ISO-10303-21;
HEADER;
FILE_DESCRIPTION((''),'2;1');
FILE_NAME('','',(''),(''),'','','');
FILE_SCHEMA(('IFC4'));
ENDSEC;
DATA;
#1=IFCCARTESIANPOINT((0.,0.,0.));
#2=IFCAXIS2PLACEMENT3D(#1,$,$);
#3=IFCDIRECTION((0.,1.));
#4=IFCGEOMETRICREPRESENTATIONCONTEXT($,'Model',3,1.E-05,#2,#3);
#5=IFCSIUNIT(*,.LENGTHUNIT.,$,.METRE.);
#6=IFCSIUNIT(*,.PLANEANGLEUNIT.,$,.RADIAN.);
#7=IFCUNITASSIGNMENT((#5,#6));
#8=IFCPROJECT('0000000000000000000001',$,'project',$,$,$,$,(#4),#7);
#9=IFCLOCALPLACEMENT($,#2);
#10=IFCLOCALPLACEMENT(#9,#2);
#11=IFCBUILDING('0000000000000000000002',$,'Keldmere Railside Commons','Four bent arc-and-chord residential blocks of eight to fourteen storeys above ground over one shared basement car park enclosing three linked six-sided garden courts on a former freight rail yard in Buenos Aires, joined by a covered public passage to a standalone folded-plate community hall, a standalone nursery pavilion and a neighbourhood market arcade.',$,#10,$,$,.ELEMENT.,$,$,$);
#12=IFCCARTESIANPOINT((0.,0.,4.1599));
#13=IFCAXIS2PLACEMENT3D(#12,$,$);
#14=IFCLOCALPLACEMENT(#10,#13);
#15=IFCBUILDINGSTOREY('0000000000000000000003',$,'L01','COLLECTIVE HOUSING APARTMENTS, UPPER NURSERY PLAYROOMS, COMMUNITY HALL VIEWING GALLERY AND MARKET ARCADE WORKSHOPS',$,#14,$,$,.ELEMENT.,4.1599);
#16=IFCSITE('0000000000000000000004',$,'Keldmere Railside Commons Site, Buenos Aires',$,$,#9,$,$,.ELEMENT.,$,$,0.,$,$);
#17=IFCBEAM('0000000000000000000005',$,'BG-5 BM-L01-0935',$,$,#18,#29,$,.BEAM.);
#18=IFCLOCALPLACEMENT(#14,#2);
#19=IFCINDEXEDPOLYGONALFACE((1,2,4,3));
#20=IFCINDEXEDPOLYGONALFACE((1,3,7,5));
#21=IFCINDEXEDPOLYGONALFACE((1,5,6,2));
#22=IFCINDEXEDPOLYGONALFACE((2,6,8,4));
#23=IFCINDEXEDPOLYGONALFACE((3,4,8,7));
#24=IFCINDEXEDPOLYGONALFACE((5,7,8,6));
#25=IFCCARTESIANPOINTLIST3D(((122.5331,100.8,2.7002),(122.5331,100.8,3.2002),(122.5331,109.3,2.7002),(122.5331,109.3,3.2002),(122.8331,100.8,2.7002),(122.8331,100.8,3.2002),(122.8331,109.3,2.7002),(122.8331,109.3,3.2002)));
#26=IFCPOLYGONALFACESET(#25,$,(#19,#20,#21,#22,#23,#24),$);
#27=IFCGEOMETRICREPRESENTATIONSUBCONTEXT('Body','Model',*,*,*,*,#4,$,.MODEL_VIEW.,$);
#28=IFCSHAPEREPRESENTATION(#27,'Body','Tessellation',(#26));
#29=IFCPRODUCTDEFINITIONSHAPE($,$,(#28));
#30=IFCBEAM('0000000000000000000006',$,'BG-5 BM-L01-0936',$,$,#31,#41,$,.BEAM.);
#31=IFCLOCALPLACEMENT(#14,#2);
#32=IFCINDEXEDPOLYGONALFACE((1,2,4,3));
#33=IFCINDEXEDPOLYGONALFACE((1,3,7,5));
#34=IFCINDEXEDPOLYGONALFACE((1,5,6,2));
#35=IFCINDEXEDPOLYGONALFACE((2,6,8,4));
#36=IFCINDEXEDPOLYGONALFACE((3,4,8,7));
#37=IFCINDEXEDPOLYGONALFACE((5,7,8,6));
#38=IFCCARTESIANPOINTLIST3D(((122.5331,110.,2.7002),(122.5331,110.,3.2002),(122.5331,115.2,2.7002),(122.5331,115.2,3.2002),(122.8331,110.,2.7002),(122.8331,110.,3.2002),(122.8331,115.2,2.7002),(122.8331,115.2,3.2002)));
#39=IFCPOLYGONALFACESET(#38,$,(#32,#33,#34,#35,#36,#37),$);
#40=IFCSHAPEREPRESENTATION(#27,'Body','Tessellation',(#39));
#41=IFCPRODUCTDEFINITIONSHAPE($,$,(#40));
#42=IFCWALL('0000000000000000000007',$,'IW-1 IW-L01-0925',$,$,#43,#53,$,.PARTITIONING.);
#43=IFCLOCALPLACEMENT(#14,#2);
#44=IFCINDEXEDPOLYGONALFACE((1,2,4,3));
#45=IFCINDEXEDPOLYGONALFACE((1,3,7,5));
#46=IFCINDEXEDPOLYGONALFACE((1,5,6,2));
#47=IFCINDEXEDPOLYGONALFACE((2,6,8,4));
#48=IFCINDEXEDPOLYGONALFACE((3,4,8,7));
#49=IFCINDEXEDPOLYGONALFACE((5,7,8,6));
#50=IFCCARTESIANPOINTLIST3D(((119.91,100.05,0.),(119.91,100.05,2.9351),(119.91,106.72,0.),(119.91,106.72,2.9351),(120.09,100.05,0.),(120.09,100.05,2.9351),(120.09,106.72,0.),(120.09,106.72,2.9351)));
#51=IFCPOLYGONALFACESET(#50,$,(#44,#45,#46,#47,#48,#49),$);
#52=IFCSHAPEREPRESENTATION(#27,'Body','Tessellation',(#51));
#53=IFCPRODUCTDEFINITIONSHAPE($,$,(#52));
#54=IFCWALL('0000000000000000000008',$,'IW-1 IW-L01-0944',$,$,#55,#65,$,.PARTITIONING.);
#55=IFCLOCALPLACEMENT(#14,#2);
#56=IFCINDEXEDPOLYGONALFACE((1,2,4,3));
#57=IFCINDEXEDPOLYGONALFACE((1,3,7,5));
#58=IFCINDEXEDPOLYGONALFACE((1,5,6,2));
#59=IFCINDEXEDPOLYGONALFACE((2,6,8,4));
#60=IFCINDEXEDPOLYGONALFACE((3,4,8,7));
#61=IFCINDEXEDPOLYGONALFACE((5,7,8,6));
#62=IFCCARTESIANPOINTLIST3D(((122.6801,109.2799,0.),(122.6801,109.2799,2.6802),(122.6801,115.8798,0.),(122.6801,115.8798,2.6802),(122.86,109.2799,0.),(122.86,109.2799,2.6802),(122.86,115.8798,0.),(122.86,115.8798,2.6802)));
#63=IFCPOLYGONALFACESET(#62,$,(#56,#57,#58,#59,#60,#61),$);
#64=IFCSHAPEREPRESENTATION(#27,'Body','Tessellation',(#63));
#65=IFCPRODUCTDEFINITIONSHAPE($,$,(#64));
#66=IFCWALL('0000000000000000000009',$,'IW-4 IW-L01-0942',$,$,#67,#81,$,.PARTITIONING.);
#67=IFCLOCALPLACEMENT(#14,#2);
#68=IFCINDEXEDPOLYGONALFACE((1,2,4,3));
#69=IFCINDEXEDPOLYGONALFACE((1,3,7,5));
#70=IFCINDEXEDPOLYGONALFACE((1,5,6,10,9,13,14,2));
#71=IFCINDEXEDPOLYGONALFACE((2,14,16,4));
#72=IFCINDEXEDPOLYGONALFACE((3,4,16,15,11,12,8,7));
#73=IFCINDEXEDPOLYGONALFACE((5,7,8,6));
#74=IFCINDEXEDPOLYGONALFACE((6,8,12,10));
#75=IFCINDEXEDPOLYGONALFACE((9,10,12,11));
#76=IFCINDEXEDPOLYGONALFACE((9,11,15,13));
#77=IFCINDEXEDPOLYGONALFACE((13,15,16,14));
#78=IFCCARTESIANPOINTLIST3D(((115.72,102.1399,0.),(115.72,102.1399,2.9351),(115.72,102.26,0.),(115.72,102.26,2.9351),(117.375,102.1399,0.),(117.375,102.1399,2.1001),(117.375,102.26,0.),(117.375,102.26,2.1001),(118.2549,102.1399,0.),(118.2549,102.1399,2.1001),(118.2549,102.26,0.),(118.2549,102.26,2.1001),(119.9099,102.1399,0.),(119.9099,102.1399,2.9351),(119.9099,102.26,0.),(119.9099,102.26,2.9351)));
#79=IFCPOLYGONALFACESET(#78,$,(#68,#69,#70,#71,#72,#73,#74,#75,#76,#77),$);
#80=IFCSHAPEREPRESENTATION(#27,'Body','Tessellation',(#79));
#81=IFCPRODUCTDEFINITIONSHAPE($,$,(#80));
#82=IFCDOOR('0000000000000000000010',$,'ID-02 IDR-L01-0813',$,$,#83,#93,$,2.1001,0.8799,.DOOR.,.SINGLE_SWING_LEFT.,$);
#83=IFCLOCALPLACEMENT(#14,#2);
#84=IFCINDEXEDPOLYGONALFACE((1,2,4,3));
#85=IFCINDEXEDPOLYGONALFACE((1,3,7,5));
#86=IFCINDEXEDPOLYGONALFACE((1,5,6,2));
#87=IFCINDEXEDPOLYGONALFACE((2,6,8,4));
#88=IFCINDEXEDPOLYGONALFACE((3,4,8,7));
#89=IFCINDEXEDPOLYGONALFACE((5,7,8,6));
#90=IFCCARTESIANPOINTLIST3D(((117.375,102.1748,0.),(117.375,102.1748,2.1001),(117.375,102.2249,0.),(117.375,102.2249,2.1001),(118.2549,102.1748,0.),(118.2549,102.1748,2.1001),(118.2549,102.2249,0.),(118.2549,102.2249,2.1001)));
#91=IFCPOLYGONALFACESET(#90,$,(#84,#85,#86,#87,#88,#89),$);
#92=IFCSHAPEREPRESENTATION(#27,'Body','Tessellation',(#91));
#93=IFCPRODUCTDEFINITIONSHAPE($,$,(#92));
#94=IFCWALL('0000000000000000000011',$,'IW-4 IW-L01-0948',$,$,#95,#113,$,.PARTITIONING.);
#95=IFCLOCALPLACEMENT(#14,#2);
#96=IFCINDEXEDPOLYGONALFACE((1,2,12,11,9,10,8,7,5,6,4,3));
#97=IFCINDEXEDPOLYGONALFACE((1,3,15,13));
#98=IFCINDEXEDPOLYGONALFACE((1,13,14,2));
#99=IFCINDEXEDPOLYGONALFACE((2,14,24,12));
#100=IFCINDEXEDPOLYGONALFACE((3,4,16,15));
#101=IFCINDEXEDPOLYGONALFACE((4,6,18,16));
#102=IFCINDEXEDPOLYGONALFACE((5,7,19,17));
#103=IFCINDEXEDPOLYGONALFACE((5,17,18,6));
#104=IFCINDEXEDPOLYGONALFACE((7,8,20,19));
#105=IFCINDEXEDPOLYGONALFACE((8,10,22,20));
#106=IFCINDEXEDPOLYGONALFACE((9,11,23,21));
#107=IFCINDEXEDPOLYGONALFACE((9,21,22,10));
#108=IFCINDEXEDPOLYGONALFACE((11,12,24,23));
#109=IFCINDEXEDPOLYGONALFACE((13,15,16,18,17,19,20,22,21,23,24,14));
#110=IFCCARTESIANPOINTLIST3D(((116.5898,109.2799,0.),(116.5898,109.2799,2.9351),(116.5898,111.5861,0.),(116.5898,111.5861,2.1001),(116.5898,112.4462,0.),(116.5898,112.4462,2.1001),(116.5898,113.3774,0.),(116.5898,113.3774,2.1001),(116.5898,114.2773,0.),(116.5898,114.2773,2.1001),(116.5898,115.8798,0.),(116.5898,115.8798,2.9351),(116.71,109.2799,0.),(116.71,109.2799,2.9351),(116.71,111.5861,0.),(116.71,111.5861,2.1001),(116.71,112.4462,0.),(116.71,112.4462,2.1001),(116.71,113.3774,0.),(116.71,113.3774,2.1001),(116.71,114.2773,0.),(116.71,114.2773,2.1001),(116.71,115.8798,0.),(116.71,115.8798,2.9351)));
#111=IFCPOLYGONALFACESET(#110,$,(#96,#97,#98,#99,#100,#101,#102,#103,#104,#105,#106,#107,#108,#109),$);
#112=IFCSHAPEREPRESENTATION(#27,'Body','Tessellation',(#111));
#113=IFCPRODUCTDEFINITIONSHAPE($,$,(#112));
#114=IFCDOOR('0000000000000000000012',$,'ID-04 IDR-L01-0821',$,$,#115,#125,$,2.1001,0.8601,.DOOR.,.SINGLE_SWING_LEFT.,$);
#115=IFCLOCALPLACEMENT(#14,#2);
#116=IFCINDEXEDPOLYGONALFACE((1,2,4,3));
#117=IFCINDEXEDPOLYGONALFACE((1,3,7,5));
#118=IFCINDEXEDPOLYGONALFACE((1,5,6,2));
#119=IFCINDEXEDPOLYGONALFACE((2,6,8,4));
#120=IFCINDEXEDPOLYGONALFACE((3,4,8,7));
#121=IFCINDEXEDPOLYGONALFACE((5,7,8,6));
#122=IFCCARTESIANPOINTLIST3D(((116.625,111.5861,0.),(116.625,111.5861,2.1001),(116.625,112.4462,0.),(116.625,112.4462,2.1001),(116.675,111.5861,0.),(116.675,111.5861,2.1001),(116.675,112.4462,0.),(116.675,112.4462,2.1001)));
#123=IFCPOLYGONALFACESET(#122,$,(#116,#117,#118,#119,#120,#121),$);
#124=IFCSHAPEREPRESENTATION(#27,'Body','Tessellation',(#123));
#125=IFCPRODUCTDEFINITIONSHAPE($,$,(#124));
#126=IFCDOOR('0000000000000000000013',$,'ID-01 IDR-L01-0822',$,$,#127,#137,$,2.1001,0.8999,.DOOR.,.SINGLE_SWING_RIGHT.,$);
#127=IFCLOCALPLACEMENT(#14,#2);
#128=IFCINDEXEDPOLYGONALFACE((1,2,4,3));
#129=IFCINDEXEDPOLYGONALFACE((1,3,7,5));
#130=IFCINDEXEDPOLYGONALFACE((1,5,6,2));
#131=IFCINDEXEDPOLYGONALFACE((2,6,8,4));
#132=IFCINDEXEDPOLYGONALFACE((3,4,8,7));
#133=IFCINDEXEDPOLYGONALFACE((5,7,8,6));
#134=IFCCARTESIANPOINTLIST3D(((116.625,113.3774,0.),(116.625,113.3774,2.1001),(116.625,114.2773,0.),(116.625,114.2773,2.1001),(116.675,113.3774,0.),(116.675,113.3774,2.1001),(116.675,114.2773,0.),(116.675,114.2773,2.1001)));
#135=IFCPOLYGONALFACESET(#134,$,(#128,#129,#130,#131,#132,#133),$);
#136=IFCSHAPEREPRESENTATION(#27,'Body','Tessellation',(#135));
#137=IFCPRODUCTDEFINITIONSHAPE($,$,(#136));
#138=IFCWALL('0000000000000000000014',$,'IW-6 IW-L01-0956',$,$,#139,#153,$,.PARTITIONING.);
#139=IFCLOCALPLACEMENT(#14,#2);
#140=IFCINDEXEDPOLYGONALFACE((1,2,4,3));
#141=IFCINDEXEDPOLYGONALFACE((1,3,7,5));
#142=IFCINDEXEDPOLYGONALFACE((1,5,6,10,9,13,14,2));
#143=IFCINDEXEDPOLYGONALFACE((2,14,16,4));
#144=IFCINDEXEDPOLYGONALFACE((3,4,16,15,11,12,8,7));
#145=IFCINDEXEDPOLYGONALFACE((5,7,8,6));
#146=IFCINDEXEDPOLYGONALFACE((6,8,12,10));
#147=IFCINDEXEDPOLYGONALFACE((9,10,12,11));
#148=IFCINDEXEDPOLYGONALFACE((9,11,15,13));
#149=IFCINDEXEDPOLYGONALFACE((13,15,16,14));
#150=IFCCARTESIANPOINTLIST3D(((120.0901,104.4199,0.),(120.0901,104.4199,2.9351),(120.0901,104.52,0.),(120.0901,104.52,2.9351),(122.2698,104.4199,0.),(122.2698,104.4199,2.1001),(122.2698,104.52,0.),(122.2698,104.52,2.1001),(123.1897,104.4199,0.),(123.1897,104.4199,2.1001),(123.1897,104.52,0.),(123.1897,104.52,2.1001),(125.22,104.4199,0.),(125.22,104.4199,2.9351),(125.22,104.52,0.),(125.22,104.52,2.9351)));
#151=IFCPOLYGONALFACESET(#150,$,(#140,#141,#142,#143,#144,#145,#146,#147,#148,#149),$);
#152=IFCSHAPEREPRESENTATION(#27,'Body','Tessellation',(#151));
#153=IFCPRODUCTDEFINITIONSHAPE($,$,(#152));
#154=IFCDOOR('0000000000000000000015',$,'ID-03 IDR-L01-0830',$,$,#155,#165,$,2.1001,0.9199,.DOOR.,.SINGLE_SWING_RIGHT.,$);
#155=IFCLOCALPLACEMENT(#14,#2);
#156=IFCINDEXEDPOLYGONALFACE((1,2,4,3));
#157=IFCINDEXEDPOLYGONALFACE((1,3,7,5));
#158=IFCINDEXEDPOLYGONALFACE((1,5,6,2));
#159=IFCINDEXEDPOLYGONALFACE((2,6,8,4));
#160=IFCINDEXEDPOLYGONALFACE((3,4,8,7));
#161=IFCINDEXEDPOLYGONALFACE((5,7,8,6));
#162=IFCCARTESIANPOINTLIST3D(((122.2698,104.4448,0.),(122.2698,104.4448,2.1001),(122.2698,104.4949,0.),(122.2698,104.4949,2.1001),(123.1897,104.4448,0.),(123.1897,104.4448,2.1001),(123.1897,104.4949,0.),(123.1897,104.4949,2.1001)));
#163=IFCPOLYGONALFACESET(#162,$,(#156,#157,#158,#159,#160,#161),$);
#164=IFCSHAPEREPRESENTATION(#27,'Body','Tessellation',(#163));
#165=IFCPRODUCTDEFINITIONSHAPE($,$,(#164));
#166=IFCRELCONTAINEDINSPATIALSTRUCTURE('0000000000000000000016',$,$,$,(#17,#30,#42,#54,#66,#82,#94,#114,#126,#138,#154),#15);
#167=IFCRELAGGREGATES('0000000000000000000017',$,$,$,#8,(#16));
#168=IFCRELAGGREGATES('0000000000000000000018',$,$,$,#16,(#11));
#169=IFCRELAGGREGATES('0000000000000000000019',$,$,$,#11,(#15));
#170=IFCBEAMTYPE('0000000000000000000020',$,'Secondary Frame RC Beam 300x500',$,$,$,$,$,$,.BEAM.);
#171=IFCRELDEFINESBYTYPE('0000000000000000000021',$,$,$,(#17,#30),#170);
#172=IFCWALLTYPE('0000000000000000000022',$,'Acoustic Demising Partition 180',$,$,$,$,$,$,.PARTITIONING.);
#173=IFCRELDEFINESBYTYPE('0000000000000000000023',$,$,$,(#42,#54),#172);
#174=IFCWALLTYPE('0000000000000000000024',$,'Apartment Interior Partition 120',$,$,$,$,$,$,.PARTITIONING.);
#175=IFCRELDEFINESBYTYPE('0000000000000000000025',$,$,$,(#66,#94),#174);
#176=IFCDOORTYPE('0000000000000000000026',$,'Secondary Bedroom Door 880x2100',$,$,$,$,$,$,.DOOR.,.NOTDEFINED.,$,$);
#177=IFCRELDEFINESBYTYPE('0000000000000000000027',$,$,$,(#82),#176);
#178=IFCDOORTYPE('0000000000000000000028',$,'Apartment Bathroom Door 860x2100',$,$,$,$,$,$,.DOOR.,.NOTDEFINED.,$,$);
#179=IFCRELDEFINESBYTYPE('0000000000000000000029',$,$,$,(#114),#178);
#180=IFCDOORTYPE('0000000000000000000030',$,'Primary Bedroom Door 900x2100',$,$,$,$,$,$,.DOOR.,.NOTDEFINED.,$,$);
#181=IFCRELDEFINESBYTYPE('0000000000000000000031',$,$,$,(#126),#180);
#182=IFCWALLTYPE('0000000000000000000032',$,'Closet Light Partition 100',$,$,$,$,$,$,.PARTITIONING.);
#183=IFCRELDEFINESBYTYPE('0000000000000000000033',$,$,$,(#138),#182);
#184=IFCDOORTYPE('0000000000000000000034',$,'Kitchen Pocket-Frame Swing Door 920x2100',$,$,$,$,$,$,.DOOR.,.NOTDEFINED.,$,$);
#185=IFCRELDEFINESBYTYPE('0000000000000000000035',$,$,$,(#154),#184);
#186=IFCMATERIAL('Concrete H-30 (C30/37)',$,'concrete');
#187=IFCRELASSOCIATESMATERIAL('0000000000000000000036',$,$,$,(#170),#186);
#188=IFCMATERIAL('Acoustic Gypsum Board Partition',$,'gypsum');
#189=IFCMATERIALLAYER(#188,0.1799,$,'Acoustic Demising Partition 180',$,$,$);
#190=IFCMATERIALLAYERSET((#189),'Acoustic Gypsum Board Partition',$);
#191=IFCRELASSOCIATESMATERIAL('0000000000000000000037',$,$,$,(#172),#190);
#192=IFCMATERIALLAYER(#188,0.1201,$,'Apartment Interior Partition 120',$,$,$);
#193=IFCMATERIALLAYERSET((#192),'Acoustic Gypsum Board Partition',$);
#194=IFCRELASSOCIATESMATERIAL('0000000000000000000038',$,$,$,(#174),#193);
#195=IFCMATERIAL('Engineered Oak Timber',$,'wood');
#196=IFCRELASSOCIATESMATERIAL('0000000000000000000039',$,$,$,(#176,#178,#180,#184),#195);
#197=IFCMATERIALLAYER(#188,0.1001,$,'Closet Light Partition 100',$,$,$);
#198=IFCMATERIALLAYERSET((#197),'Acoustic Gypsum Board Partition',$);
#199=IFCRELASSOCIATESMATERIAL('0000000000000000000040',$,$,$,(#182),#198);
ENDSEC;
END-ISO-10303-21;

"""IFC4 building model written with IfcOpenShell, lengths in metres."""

from ifc_helpers import new_model, si_unit, direction, frame, frame_2d, origin, origin_2d, place, context, subcontext, project, spatial, rectangle, extrude, material, layer, layer_set, material_profile, profile_set, type_object, element, fill, save


model = new_model("IFC4")

# Units and contexts
model_context = context("Model", 3, precision=1e-05, world=origin(), true_north=direction((0.0, 1.0)))
body_context = subcontext(model_context, "Body", "Model", "MODEL_VIEW")
ifc_project = project(units=[si_unit("LENGTHUNIT", "METRE"), si_unit("PLANEANGLEUNIT", "RADIAN")], contexts=[model_context])

# Site, building, storey
site_placement = place(None, origin())
site = spatial("IfcSite", under=ifc_project, at=site_placement, Name="Keldmere Railside Commons Site, Buenos Aires", CompositionType="ELEMENT", RefElevation=0.0)
building_placement = place(site_placement, origin())
building = spatial("IfcBuilding", under=site, at=building_placement, Name="Keldmere Railside Commons", Description="Four bent arc-and-chord residential blocks of eight to fourteen storeys above ground over one shared basement car park enclosing three linked six-sided garden courts on a former freight rail yard in Buenos Aires, joined by a covered public passage to a standalone folded-plate community hall, a standalone nursery pavilion and a neighbourhood market arcade.", CompositionType="ELEMENT")
storey_placement = place(building_placement, frame((0.0, 0.0, 4.1599)))
storey = spatial("IfcBuildingStorey", under=building, at=storey_placement, Name="L01", Description="COLLECTIVE HOUSING APARTMENTS, UPPER NURSERY PLAYROOMS, COMMUNITY HALL VIEWING GALLERY AND MARKET ARCADE WORKSHOPS", CompositionType="ELEMENT", Elevation=4.1599)

# Beams
ifc_material_1 = material(Name="Concrete H-30 (C30/37)", Category="concrete")
ifc_material_profile_1 = material_profile(ifc_material_1, rectangle(XDim=0.3, YDim=0.5, at=origin_2d()), Name="RC-300x500")
ifc_profile_set_1 = profile_set([ifc_material_profile_1], Name="Concrete H-30 (C30/37)")
beam_type_1 = type_object("IfcBeamType", Name="Secondary Frame RC Beam 300x500", PredefinedType="BEAM", material=ifc_profile_set_1)
beam_1_placement = place(storey_placement, frame((122.6831, 100.8, 2.9502), z_axis=(0.0, 1.0, 0.0), x_axis=(-1.0, 0.0, 0.0)))
element("IfcBeam", 1, at=beam_1_placement, inside=storey, type_object=beam_type_1, Name="BG-5 BM-L01-0935", PredefinedType="BEAM", context=body_context, shape_type="SweptSolid", body=[
    extrude(rectangle(XDim=0.3, YDim=0.5, at=origin_2d()), origin(), (0.0, 0.0, 1.0), 8.5),
])
beam_2_placement = place(storey_placement, frame((122.6831, 110.0, 2.9502), z_axis=(0.0, 1.0, 0.0), x_axis=(-1.0, 0.0, 0.0)))
element("IfcBeam", 2, at=beam_2_placement, inside=storey, type_object=beam_type_1, Name="BG-5 BM-L01-0936", PredefinedType="BEAM", context=body_context, shape_type="SweptSolid", body=[
    extrude(rectangle(XDim=0.3, YDim=0.5, at=origin_2d()), origin(), (0.0, 0.0, 1.0), 5.2),
])

# Walls
ifc_material_2 = material(Name="Acoustic Gypsum Board Partition", Category="gypsum")
ifc_layer_1 = layer(ifc_material_2, 0.1799, Name="Acoustic Demising Partition 180")
ifc_layer_set_1 = layer_set([ifc_layer_1], Name="Acoustic Gypsum Board Partition")
wall_type_1 = type_object("IfcWallType", Name="Acoustic Demising Partition 180", PredefinedType="PARTITIONING", material=ifc_layer_set_1)
wall_1_placement = place(storey_placement, frame((120.0, 100.05, 0.0), z_axis=(0.0, 0.0, 1.0), x_axis=(0.0, 1.0, 0.0)))
element("IfcWall", 3, at=wall_1_placement, inside=storey, type_object=wall_type_1, Name="IW-1 IW-L01-0925", PredefinedType="PARTITIONING", context=body_context, shape_type="SweptSolid", body=[
    extrude(rectangle(XDim=6.6699, YDim=0.1799, at=frame_2d((3.335, 0.0))), origin(), (0.0, 0.0, 1.0), 2.9351),
])
wall_2_placement = place(storey_placement, frame((122.77, 109.28, 0.0), z_axis=(0.0, 0.0, 1.0), x_axis=(0.0, 1.0, 0.0)))
element("IfcWall", 4, at=wall_2_placement, inside=storey, type_object=wall_type_1, Name="IW-1 IW-L01-0944", PredefinedType="PARTITIONING", context=body_context, shape_type="SweptSolid", body=[
    extrude(rectangle(XDim=6.5999, YDim=0.1799, at=frame_2d((3.2998, 0.0))), origin(), (0.0, 0.0, 1.0), 2.6802),
])

# Wall, opening, door
ifc_layer_2 = layer(ifc_material_2, 0.1201, Name="Apartment Interior Partition 120")
ifc_layer_set_2 = layer_set([ifc_layer_2], Name="Acoustic Gypsum Board Partition")
wall_type_2 = type_object("IfcWallType", Name="Apartment Interior Partition 120", PredefinedType="PARTITIONING", material=ifc_layer_set_2)
wall_3_placement = place(storey_placement, frame((115.72, 102.2, 0.0), z_axis=(0.0, 0.0, 1.0), x_axis=(1.0, 0.0, 0.0)))
wall_3 = element("IfcWall", 5, at=wall_3_placement, inside=storey, type_object=wall_type_2, Name="IW-4 IW-L01-0942", PredefinedType="PARTITIONING", context=body_context, shape_type="SweptSolid", body=[
    extrude(rectangle(XDim=4.1899, YDim=0.1201, at=frame_2d((2.095, 0.0))), origin(), (0.0, 0.0, 1.0), 2.9351),
])
opening_1_placement = place(wall_3_placement, frame((1.655, 0.0, 0.0)))
opening_1 = element("IfcOpeningElement", 6, at=opening_1_placement, cuts=wall_3, PredefinedType="OPENING", context=body_context, shape_type="SweptSolid", body=[
    extrude(rectangle(XDim=0.8799, YDim=2.1001, at=frame_2d((0.4399, 1.05))), frame((0.0, 0.0701, 0.0), z_axis=(0.0, -1.0, 0.0), x_axis=(1.0, 0.0, 0.0)), (0.0, 0.0, 1.0), 0.1401),
])
ifc_material_3 = material(Name="Engineered Oak Timber", Category="wood")
door_type_1 = type_object("IfcDoorType", Name="Secondary Bedroom Door 880x2100", OperationType="NOTDEFINED", PredefinedType="DOOR", material=ifc_material_3)
door_1_placement = place(opening_1_placement, origin())
door_1 = element("IfcDoor", 7, at=door_1_placement, inside=storey, type_object=door_type_1, Name="ID-02 IDR-L01-0813", OperationType="SINGLE_SWING_LEFT", OverallHeight=2.1001, OverallWidth=0.8799, PredefinedType="DOOR", context=body_context, shape_type="SweptSolid", body=[
    extrude(rectangle(XDim=0.8799, YDim=2.1001, at=frame_2d((0.4399, 1.05))), frame((0.0, 0.0249, 0.0), z_axis=(0.0, -1.0, 0.0), x_axis=(1.0, 0.0, 0.0)), (0.0, 0.0, 1.0), 0.05),
])
fill(opening_1, door_1)

# Wall, openings, doors
wall_4_placement = place(storey_placement, frame((116.6499, 109.28, 0.0), z_axis=(0.0, 0.0, 1.0), x_axis=(0.0, 1.0, 0.0)))
wall_4 = element("IfcWall", 8, at=wall_4_placement, inside=storey, type_object=wall_type_2, Name="IW-4 IW-L01-0948", PredefinedType="PARTITIONING", context=body_context, shape_type="SweptSolid", body=[
    extrude(rectangle(XDim=6.5999, YDim=0.1201, at=frame_2d((3.2998, 0.0))), origin(), (0.0, 0.0, 1.0), 2.9351),
])
opening_2_placement = place(wall_4_placement, frame((2.3059, 0.0, 0.0)))
opening_2 = element("IfcOpeningElement", 9, at=opening_2_placement, cuts=wall_4, PredefinedType="OPENING", context=body_context, shape_type="SweptSolid", body=[
    extrude(rectangle(XDim=0.8601, YDim=2.1001, at=frame_2d((0.4302, 1.05))), frame((0.0, 0.0701, 0.0), z_axis=(0.0, -1.0, 0.0), x_axis=(1.0, 0.0, 0.0)), (0.0, 0.0, 1.0), 0.1401),
])
opening_3_placement = place(wall_4_placement, frame((4.0974, 0.0, 0.0)))
opening_3 = element("IfcOpeningElement", 10, at=opening_3_placement, cuts=wall_4, PredefinedType="OPENING", context=body_context, shape_type="SweptSolid", body=[
    extrude(rectangle(XDim=0.8999, YDim=2.1001, at=frame_2d((0.45, 1.05))), frame((0.0, 0.0701, 0.0), z_axis=(0.0, -1.0, 0.0), x_axis=(1.0, 0.0, 0.0)), (0.0, 0.0, 1.0), 0.1401),
])
door_type_2 = type_object("IfcDoorType", Name="Apartment Bathroom Door 860x2100", OperationType="NOTDEFINED", PredefinedType="DOOR", material=ifc_material_3)
door_2_placement = place(opening_2_placement, origin())
door_2 = element("IfcDoor", 11, at=door_2_placement, inside=storey, type_object=door_type_2, Name="ID-04 IDR-L01-0821", OperationType="SINGLE_SWING_LEFT", OverallHeight=2.1001, OverallWidth=0.8601, PredefinedType="DOOR", context=body_context, shape_type="SweptSolid", body=[
    extrude(rectangle(XDim=0.8601, YDim=2.1001, at=frame_2d((0.4302, 1.05))), frame((0.0, 0.0249, 0.0), z_axis=(0.0, -1.0, 0.0), x_axis=(1.0, 0.0, 0.0)), (0.0, 0.0, 1.0), 0.05),
])
fill(opening_2, door_2)
door_type_3 = type_object("IfcDoorType", Name="Primary Bedroom Door 900x2100", OperationType="NOTDEFINED", PredefinedType="DOOR", material=ifc_material_3)
door_3_placement = place(opening_3_placement, origin())
door_3 = element("IfcDoor", 12, at=door_3_placement, inside=storey, type_object=door_type_3, Name="ID-01 IDR-L01-0822", OperationType="SINGLE_SWING_RIGHT", OverallHeight=2.1001, OverallWidth=0.8999, PredefinedType="DOOR", context=body_context, shape_type="SweptSolid", body=[
    extrude(rectangle(XDim=0.8999, YDim=2.1001, at=frame_2d((0.45, 1.05))), frame((0.0, 0.0249, 0.0), z_axis=(0.0, -1.0, 0.0), x_axis=(1.0, 0.0, 0.0)), (0.0, 0.0, 1.0), 0.05),
])
fill(opening_3, door_3)

# Wall, opening, door
ifc_layer_3 = layer(ifc_material_2, 0.1001, Name="Closet Light Partition 100")
ifc_layer_set_3 = layer_set([ifc_layer_3], Name="Acoustic Gypsum Board Partition")
wall_type_3 = type_object("IfcWallType", Name="Closet Light Partition 100", PredefinedType="PARTITIONING", material=ifc_layer_set_3)
wall_5_placement = place(storey_placement, frame((120.0901, 104.47, 0.0), z_axis=(0.0, 0.0, 1.0), x_axis=(1.0, 0.0, 0.0)))
wall_5 = element("IfcWall", 13, at=wall_5_placement, inside=storey, type_object=wall_type_3, Name="IW-6 IW-L01-0956", PredefinedType="PARTITIONING", context=body_context, shape_type="SweptSolid", body=[
    extrude(rectangle(XDim=5.1299, YDim=0.1001, at=frame_2d((2.5649, 0.0))), origin(), (0.0, 0.0, 1.0), 2.9351),
])
opening_4_placement = place(wall_5_placement, frame((2.1797, 0.0, 0.0)))
opening_4 = element("IfcOpeningElement", 14, at=opening_4_placement, cuts=wall_5, PredefinedType="OPENING", context=body_context, shape_type="SweptSolid", body=[
    extrude(rectangle(XDim=0.9199, YDim=2.1001, at=frame_2d((0.46, 1.05))), frame((0.0, 0.0601, 0.0), z_axis=(0.0, -1.0, 0.0), x_axis=(1.0, 0.0, 0.0)), (0.0, 0.0, 1.0), 0.1201),
])
door_type_4 = type_object("IfcDoorType", Name="Kitchen Pocket-Frame Swing Door 920x2100", OperationType="NOTDEFINED", PredefinedType="DOOR", material=ifc_material_3)
door_4_placement = place(opening_4_placement, origin())
door_4 = element("IfcDoor", 15, at=door_4_placement, inside=storey, type_object=door_type_4, Name="ID-03 IDR-L01-0830", OperationType="SINGLE_SWING_RIGHT", OverallHeight=2.1001, OverallWidth=0.9199, PredefinedType="DOOR", context=body_context, shape_type="SweptSolid", body=[
    extrude(rectangle(XDim=0.9199, YDim=2.1001, at=frame_2d((0.46, 1.05))), frame((0.0, 0.0249, 0.0), z_axis=(0.0, -1.0, 0.0), x_axis=(1.0, 0.0, 0.0)), (0.0, 0.0, 1.0), 0.05),
])
fill(opening_4, door_4)

save(model, "model.ifc")
